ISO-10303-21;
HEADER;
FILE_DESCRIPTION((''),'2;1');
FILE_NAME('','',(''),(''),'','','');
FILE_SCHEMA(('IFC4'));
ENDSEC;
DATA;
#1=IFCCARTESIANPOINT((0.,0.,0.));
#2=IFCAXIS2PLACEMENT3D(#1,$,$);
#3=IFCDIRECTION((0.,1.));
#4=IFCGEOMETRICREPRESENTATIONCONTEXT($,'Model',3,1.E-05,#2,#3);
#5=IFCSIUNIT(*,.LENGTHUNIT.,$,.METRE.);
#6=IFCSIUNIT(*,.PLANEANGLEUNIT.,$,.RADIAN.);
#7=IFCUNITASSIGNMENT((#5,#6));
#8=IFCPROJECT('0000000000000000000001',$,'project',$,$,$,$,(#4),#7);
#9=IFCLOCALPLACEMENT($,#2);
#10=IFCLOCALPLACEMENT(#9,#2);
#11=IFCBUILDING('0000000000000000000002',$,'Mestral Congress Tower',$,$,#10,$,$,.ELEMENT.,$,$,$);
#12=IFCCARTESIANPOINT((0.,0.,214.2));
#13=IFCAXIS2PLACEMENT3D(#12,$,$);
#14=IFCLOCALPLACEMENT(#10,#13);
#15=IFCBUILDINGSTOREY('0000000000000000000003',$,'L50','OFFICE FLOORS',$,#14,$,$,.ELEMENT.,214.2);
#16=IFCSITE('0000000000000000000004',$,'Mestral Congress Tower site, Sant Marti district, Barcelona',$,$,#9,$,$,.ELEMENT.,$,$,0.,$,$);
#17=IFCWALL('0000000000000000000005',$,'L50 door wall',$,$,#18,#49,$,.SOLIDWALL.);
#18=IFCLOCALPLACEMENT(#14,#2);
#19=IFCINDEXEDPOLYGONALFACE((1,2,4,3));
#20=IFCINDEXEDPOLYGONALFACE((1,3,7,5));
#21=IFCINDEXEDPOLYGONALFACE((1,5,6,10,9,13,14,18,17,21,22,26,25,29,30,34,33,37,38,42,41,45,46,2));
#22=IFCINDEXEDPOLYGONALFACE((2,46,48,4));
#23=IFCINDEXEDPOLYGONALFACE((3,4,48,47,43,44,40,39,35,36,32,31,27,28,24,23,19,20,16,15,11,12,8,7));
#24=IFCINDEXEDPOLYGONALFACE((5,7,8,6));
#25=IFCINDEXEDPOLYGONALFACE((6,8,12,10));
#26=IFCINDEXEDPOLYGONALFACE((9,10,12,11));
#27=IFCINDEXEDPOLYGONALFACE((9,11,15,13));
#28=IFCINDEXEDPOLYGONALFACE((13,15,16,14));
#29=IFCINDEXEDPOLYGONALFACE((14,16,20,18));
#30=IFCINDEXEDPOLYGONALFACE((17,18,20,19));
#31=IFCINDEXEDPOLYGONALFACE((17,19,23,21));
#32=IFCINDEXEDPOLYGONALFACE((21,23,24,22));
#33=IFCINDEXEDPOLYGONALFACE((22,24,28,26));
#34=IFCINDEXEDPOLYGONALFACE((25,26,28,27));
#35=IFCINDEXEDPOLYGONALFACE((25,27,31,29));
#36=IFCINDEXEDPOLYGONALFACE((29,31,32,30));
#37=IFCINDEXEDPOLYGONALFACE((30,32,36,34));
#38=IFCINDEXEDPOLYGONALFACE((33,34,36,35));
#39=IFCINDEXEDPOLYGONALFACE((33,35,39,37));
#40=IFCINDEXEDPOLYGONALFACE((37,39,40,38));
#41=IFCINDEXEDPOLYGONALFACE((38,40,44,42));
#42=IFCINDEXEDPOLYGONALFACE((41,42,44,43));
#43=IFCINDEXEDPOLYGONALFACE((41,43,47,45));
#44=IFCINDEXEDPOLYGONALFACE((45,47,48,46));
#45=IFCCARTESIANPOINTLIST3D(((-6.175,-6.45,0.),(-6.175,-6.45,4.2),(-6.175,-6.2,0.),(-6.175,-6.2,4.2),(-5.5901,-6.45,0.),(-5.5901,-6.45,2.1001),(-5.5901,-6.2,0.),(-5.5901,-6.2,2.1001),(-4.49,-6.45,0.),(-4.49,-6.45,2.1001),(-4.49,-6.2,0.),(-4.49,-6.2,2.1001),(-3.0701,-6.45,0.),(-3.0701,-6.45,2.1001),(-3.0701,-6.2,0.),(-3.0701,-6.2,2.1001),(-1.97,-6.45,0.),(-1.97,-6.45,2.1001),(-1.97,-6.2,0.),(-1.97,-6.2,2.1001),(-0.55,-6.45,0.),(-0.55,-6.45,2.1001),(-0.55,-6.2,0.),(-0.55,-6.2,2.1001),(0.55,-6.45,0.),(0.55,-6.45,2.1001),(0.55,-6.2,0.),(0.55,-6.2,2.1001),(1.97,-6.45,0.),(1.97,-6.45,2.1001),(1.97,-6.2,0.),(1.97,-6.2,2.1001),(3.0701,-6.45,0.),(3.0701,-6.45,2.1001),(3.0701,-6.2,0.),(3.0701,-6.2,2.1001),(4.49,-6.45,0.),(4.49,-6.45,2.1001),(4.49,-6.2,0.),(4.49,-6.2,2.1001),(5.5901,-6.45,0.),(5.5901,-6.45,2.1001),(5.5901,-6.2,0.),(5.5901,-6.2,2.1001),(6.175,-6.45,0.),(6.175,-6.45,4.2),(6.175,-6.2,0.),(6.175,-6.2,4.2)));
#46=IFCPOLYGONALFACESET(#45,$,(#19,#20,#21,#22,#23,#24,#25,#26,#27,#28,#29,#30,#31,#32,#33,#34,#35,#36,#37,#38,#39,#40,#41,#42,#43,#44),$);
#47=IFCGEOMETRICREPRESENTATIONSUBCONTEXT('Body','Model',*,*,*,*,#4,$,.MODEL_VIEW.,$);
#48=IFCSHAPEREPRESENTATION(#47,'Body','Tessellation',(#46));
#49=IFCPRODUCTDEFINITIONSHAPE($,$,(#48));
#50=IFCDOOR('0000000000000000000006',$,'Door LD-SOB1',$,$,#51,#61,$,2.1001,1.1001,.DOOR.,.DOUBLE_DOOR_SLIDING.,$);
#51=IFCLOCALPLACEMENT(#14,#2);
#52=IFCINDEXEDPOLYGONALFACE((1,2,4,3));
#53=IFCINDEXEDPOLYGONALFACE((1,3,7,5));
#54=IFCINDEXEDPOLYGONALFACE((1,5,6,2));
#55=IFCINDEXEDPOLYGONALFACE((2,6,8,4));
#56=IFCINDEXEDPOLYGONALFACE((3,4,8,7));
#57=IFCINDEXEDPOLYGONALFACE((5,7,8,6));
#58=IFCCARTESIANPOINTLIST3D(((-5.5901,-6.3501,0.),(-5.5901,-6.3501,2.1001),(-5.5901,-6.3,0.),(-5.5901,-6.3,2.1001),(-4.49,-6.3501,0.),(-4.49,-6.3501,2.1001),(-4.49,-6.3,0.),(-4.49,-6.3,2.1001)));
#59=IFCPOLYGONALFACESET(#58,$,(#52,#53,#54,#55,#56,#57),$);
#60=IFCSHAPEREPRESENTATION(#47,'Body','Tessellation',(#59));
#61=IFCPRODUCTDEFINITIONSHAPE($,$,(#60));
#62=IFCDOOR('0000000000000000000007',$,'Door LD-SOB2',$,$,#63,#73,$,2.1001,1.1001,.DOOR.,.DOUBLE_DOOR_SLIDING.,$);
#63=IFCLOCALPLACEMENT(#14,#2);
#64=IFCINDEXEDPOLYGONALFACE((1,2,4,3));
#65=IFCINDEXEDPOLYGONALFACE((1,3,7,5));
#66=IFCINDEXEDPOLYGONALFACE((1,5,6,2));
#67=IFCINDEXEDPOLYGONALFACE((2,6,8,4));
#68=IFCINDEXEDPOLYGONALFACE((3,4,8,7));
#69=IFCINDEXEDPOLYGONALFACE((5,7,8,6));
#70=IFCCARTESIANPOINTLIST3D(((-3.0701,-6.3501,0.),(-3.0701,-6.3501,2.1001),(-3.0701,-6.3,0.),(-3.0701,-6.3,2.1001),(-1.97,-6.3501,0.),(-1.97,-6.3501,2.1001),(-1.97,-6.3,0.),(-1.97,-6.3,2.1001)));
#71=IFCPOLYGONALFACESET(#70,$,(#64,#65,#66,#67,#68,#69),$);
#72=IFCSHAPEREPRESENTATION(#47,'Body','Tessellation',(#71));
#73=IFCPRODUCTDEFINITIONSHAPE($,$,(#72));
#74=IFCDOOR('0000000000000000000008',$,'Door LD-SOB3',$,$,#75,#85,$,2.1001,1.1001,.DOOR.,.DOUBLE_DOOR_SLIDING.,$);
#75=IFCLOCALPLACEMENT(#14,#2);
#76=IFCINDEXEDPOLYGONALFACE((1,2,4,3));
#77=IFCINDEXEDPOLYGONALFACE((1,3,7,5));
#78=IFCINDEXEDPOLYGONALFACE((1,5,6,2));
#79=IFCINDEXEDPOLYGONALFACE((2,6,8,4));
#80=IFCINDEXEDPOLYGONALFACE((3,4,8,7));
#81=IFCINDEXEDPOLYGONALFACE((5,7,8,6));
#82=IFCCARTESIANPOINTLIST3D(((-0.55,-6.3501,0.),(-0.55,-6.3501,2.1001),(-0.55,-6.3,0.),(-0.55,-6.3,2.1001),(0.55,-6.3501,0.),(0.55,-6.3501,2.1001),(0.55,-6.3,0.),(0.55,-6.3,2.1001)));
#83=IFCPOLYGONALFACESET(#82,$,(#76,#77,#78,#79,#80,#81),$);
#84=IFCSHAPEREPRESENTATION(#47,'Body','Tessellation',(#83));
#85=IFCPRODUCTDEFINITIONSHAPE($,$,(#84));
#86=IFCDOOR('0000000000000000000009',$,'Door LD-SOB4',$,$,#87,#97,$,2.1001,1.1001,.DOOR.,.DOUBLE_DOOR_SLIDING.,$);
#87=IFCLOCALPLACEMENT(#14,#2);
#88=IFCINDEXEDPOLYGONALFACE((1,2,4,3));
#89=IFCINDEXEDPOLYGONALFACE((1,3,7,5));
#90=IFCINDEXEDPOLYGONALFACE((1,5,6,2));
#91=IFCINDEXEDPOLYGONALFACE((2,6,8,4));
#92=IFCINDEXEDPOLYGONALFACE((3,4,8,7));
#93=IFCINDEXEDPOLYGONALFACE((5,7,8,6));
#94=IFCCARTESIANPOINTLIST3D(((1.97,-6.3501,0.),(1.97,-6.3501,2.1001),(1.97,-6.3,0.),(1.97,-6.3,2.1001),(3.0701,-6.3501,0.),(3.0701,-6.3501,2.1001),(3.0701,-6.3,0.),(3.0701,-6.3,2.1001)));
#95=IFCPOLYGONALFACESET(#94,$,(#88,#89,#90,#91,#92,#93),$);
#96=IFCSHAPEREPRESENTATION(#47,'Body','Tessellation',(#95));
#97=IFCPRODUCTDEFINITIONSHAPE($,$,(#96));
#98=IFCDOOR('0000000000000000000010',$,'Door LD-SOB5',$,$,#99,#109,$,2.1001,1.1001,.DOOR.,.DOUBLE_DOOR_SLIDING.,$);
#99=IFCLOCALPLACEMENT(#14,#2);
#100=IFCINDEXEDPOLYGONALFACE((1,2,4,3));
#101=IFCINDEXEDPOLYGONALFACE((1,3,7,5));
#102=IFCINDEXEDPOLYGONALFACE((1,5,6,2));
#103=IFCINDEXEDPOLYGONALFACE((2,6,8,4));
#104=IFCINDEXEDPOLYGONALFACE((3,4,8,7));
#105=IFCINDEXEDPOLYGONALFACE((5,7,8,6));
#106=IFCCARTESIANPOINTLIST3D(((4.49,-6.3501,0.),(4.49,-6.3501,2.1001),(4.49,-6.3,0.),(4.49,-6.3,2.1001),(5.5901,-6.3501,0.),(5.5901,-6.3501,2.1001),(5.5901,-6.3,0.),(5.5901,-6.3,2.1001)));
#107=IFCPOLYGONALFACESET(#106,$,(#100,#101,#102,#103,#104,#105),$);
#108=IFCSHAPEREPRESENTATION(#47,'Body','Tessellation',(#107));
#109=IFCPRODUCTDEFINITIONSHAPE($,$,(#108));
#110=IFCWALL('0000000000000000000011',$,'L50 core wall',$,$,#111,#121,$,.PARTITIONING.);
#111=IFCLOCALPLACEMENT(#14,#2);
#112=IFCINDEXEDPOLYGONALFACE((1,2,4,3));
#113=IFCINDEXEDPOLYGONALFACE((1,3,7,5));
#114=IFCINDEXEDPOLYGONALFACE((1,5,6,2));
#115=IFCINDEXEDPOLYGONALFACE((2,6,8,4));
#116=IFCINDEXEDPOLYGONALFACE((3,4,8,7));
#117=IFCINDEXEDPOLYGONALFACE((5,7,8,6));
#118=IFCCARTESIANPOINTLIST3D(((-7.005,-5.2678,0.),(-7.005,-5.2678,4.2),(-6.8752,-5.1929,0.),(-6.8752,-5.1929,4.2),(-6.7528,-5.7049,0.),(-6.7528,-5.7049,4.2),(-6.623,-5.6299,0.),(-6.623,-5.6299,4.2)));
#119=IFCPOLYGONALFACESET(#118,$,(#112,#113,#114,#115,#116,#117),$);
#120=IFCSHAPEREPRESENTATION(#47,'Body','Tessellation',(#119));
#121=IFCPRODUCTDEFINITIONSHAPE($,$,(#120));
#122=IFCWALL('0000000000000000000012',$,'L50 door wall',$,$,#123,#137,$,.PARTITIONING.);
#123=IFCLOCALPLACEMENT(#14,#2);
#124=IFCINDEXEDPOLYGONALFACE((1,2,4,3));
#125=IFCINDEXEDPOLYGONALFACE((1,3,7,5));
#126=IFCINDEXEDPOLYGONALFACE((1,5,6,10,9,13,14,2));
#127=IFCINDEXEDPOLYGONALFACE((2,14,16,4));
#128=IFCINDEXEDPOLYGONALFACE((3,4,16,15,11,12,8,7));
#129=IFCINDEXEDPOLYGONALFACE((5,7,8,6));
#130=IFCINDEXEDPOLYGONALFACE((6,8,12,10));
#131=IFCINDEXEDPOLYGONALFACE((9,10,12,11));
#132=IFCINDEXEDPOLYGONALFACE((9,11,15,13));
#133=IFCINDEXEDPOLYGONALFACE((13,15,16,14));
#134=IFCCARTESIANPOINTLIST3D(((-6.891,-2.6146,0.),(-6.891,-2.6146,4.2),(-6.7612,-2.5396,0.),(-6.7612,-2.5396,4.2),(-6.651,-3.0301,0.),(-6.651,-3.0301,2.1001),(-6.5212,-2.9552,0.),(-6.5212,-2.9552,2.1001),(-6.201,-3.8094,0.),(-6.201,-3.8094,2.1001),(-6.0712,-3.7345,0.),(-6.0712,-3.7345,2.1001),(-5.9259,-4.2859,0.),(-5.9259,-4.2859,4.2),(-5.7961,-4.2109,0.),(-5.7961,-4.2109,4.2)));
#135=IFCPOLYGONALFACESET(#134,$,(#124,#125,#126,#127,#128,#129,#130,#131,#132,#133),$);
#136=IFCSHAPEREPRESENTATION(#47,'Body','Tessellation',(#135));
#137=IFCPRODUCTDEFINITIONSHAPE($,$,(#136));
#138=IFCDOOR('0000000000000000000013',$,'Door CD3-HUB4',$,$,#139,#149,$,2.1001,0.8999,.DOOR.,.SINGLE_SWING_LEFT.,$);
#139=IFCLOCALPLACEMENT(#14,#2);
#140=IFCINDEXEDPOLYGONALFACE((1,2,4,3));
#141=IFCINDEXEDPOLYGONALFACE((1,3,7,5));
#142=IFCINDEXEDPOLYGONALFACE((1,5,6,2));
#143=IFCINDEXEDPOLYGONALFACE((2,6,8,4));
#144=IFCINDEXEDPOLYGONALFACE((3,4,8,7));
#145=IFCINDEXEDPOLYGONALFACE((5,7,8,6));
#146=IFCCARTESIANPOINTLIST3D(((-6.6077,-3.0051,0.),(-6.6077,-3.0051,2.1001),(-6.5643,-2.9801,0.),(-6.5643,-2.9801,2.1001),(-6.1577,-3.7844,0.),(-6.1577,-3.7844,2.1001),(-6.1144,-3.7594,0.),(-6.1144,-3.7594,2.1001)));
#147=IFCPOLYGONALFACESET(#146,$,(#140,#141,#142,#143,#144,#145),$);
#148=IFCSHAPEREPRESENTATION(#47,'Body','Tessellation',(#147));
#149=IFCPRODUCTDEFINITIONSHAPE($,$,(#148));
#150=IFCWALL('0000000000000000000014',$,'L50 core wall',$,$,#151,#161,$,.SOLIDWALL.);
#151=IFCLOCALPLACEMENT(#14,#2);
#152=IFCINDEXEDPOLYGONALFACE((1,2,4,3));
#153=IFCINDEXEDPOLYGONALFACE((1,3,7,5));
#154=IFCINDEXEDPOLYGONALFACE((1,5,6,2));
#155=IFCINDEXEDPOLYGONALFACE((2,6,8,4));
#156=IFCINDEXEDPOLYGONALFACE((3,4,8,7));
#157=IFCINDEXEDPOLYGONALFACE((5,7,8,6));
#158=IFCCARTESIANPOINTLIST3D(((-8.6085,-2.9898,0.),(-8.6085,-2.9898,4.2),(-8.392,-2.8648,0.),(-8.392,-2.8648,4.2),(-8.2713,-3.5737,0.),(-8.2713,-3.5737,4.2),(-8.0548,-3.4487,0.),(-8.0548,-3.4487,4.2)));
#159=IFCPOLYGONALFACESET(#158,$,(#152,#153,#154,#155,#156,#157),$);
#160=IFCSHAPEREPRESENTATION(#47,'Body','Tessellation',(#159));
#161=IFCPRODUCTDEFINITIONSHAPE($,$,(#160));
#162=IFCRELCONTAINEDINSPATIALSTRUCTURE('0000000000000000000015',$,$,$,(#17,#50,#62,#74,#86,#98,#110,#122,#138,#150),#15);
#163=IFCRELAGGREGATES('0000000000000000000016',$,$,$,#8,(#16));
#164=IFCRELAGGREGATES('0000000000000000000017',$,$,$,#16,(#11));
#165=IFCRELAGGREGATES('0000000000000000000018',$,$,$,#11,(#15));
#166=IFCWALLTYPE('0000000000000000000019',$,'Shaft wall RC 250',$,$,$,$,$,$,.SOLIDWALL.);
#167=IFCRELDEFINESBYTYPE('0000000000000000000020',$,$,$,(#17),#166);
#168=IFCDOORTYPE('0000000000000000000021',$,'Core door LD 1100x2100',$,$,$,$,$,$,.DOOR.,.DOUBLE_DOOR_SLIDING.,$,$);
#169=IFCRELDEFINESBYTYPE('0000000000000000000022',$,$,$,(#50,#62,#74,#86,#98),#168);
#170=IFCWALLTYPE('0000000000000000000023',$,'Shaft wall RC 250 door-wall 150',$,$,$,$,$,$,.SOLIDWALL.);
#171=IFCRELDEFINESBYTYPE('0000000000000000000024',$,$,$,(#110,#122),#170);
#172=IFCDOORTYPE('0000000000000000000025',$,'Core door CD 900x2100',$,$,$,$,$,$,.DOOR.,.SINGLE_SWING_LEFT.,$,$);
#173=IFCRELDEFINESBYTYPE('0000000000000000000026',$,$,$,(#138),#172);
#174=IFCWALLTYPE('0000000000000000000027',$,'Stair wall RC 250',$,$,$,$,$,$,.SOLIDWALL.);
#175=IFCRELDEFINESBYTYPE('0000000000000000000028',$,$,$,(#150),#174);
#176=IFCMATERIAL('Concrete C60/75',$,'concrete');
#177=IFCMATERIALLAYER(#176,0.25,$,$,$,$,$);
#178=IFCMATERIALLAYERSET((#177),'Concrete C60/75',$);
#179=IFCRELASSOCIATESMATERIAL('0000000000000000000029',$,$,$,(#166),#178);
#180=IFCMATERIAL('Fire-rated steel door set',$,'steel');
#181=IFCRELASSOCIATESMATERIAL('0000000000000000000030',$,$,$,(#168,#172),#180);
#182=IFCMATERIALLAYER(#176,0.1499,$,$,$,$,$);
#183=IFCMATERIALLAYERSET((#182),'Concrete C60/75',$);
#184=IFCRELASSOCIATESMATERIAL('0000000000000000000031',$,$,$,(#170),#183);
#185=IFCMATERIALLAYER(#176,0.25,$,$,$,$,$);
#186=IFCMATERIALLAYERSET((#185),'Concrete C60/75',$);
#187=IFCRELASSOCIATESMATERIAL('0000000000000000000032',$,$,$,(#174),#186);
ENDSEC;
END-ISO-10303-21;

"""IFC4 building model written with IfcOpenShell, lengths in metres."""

from ifc_helpers import new_model, si_unit, direction, frame, frame_2d, origin, place, context, subcontext, project, spatial, rectangle, extrude, material, layer, layer_set, type_object, element, fill, save


model = new_model("IFC4")

# Units and contexts
model_context = context("Model", 3, precision=1e-05, world=origin(), true_north=direction((0.0, 1.0)))
body_context = subcontext(model_context, "Body", "Model", "MODEL_VIEW")
ifc_project = project(units=[si_unit("LENGTHUNIT", "METRE"), si_unit("PLANEANGLEUNIT", "RADIAN")], contexts=[model_context])

# Site, building, storey
site_placement = place(None, origin())
site = spatial("IfcSite", under=ifc_project, at=site_placement, Name="Mestral Congress Tower site, Sant Marti district, Barcelona", CompositionType="ELEMENT", RefElevation=0.0)
building_placement = place(site_placement, origin())
building = spatial("IfcBuilding", under=site, at=building_placement, Name="Mestral Congress Tower", CompositionType="ELEMENT")
storey_placement = place(building_placement, frame((0.0, 0.0, 214.2)))
storey = spatial("IfcBuildingStorey", under=building, at=storey_placement, Name="L50", Description="OFFICE FLOORS", CompositionType="ELEMENT", Elevation=214.2)

# Shared definitions
ifc_material_1 = material(Name="Fire-rated steel door set", Category="steel")

# Shared definitions
ifc_material_2 = material(Name="Concrete C60/75", Category="concrete")
ifc_layer_1 = layer(ifc_material_2, 0.25)
ifc_layer_set_1 = layer_set([ifc_layer_1], Name="Concrete C60/75")
wall_type_1 = type_object("IfcWallType", Name="Shaft wall RC 250", PredefinedType="SOLIDWALL", material=ifc_layer_set_1)

# Wall, openings, doors
wall_1_placement = place(storey_placement, frame((-6.175, -6.325, 0.0), z_axis=(0.0, 0.0, 1.0), x_axis=(1.0, 0.0, 0.0)))
wall_1 = element("IfcWall", 1, at=wall_1_placement, inside=storey, type_object=wall_type_1, Name="L50 door wall", PredefinedType="SOLIDWALL", context=body_context, shape_type="SweptSolid", body=[
    extrude(rectangle(XDim=12.3501, YDim=0.25, at=frame_2d((6.175, 0.0))), origin(), (0.0, 0.0, 1.0), 4.2),
])
opening_1_placement = place(wall_1_placement, frame((0.585, 0.0, 0.0)))
opening_1 = element("IfcOpeningElement", 2, at=opening_1_placement, cuts=wall_1, PredefinedType="OPENING", context=body_context, shape_type="SweptSolid", body=[
    extrude(rectangle(XDim=1.1001, YDim=2.1001, at=frame_2d((0.55, 1.05))), frame((0.0, 0.135, 0.0), z_axis=(0.0, -1.0, 0.0), x_axis=(1.0, 0.0, 0.0)), (0.0, 0.0, 1.0), 0.27),
])
opening_2_placement = place(wall_1_placement, frame((3.105, 0.0, 0.0)))
opening_2 = element("IfcOpeningElement", 3, at=opening_2_placement, cuts=wall_1, PredefinedType="OPENING", context=body_context, shape_type="SweptSolid", body=[
    extrude(rectangle(XDim=1.1001, YDim=2.1001, at=frame_2d((0.55, 1.05))), frame((0.0, 0.135, 0.0), z_axis=(0.0, -1.0, 0.0), x_axis=(1.0, 0.0, 0.0)), (0.0, 0.0, 1.0), 0.27),
])
opening_3_placement = place(wall_1_placement, frame((5.625, 0.0, 0.0)))
opening_3 = element("IfcOpeningElement", 4, at=opening_3_placement, cuts=wall_1, PredefinedType="OPENING", context=body_context, shape_type="SweptSolid", body=[
    extrude(rectangle(XDim=1.1001, YDim=2.1001, at=frame_2d((0.55, 1.05))), frame((0.0, 0.135, 0.0), z_axis=(0.0, -1.0, 0.0), x_axis=(1.0, 0.0, 0.0)), (0.0, 0.0, 1.0), 0.27),
])
opening_4_placement = place(wall_1_placement, frame((8.145, 0.0, 0.0)))
opening_4 = element("IfcOpeningElement", 5, at=opening_4_placement, cuts=wall_1, PredefinedType="OPENING", context=body_context, shape_type="SweptSolid", body=[
    extrude(rectangle(XDim=1.1001, YDim=2.1001, at=frame_2d((0.55, 1.05))), frame((0.0, 0.135, 0.0), z_axis=(0.0, -1.0, 0.0), x_axis=(1.0, 0.0, 0.0)), (0.0, 0.0, 1.0), 0.27),
])
opening_5_placement = place(wall_1_placement, frame((10.665, 0.0, 0.0)))
opening_5 = element("IfcOpeningElement", 6, at=opening_5_placement, cuts=wall_1, PredefinedType="OPENING", context=body_context, shape_type="SweptSolid", body=[
    extrude(rectangle(XDim=1.1001, YDim=2.1001, at=frame_2d((0.55, 1.05))), frame((0.0, 0.135, 0.0), z_axis=(0.0, -1.0, 0.0), x_axis=(1.0, 0.0, 0.0)), (0.0, 0.0, 1.0), 0.27),
])
door_type_1 = type_object("IfcDoorType", Name="Core door LD 1100x2100", OperationType="DOUBLE_DOOR_SLIDING", PredefinedType="DOOR", material=ifc_material_1)
door_1_placement = place(opening_1_placement, origin())
door_1 = element("IfcDoor", 7, at=door_1_placement, inside=storey, type_object=door_type_1, Name="Door LD-SOB1", OperationType="DOUBLE_DOOR_SLIDING", OverallHeight=2.1001, OverallWidth=1.1001, PredefinedType="DOOR", context=body_context, shape_type="SweptSolid", body=[
    extrude(rectangle(XDim=1.1001, YDim=2.1001, at=frame_2d((0.55, 1.05))), frame((0.0, 0.0249, 0.0), z_axis=(0.0, -1.0, 0.0), x_axis=(1.0, 0.0, 0.0)), (0.0, 0.0, 1.0), 0.05),
])
fill(opening_1, door_1)
door_2_placement = place(opening_2_placement, origin())
door_2 = element("IfcDoor", 8, at=door_2_placement, inside=storey, type_object=door_type_1, Name="Door LD-SOB2", OperationType="DOUBLE_DOOR_SLIDING", OverallHeight=2.1001, OverallWidth=1.1001, PredefinedType="DOOR", context=body_context, shape_type="SweptSolid", body=[
    extrude(rectangle(XDim=1.1001, YDim=2.1001, at=frame_2d((0.55, 1.05))), frame((0.0, 0.0249, 0.0), z_axis=(0.0, -1.0, 0.0), x_axis=(1.0, 0.0, 0.0)), (0.0, 0.0, 1.0), 0.05),
])
fill(opening_2, door_2)
door_3_placement = place(opening_3_placement, origin())
door_3 = element("IfcDoor", 9, at=door_3_placement, inside=storey, type_object=door_type_1, Name="Door LD-SOB3", OperationType="DOUBLE_DOOR_SLIDING", OverallHeight=2.1001, OverallWidth=1.1001, PredefinedType="DOOR", context=body_context, shape_type="SweptSolid", body=[
    extrude(rectangle(XDim=1.1001, YDim=2.1001, at=frame_2d((0.55, 1.05))), frame((0.0, 0.0249, 0.0), z_axis=(0.0, -1.0, 0.0), x_axis=(1.0, 0.0, 0.0)), (0.0, 0.0, 1.0), 0.05),
])
fill(opening_3, door_3)
door_4_placement = place(opening_4_placement, origin())
door_4 = element("IfcDoor", 10, at=door_4_placement, inside=storey, type_object=door_type_1, Name="Door LD-SOB4", OperationType="DOUBLE_DOOR_SLIDING", OverallHeight=2.1001, OverallWidth=1.1001, PredefinedType="DOOR", context=body_context, shape_type="SweptSolid", body=[
    extrude(rectangle(XDim=1.1001, YDim=2.1001, at=frame_2d((0.55, 1.05))), frame((0.0, 0.0249, 0.0), z_axis=(0.0, -1.0, 0.0), x_axis=(1.0, 0.0, 0.0)), (0.0, 0.0, 1.0), 0.05),
])
fill(opening_4, door_4)
door_5_placement = place(opening_5_placement, origin())
door_5 = element("IfcDoor", 11, at=door_5_placement, inside=storey, type_object=door_type_1, Name="Door LD-SOB5", OperationType="DOUBLE_DOOR_SLIDING", OverallHeight=2.1001, OverallWidth=1.1001, PredefinedType="DOOR", context=body_context, shape_type="SweptSolid", body=[
    extrude(rectangle(XDim=1.1001, YDim=2.1001, at=frame_2d((0.55, 1.05))), frame((0.0, 0.0249, 0.0), z_axis=(0.0, -1.0, 0.0), x_axis=(1.0, 0.0, 0.0)), (0.0, 0.0, 1.0), 0.05),
])
fill(opening_5, door_5)

# Wall
ifc_layer_2 = layer(ifc_material_2, 0.1499)
ifc_layer_set_2 = layer_set([ifc_layer_2], Name="Concrete C60/75")
wall_type_2 = type_object("IfcWallType", Name="Shaft wall RC 250 door-wall 150", PredefinedType="SOLIDWALL", material=ifc_layer_set_2)
wall_2_placement = place(storey_placement, frame((-6.9402, -5.2302, 0.0), z_axis=(0.0, 0.0, 1.0), x_axis=(0.499834, -0.866121, 0.0)))
element("IfcWall", 12, at=wall_2_placement, inside=storey, type_object=wall_type_2, Name="L50 core wall", PredefinedType="PARTITIONING", context=body_context, shape_type="SweptSolid", body=[
    extrude(rectangle(XDim=0.5046, YDim=0.1499, at=frame_2d((0.2524, 0.0))), origin(), (0.0, 0.0, 1.0), 4.2),
])

# Wall, opening, door
wall_3_placement = place(storey_placement, frame((-5.8611, -4.2483, 0.0), z_axis=(0.0, 0.0, 1.0), x_axis=(-0.500044, 0.866, 0.0)))
wall_3 = element("IfcWall", 13, at=wall_3_placement, inside=storey, type_object=wall_type_2, Name="L50 door wall", PredefinedType="PARTITIONING", context=body_context, shape_type="SweptSolid", body=[
    extrude(rectangle(XDim=1.9299, YDim=0.1499, at=frame_2d((0.9648, 0.0))), origin(), (0.0, 0.0, 1.0), 4.2),
])
opening_6_placement = place(wall_3_placement, frame((0.55, 0.0, 0.0)))
opening_6 = element("IfcOpeningElement", 14, at=opening_6_placement, cuts=wall_3, PredefinedType="OPENING", context=body_context, shape_type="SweptSolid", body=[
    extrude(rectangle(XDim=0.8999, YDim=2.1001, at=frame_2d((0.45, 1.05))), frame((0.0, 0.085, 0.0), z_axis=(0.0, -1.0, 0.0), x_axis=(1.0, 0.0, 0.0)), (0.0, 0.0, 1.0), 0.1699),
])
door_type_2 = type_object("IfcDoorType", Name="Core door CD 900x2100", OperationType="SINGLE_SWING_LEFT", PredefinedType="DOOR", material=ifc_material_1)
door_6_placement = place(opening_6_placement, origin())
door_6 = element("IfcDoor", 15, at=door_6_placement, inside=storey, type_object=door_type_2, Name="Door CD3-HUB4", OperationType="SINGLE_SWING_LEFT", OverallHeight=2.1001, OverallWidth=0.8999, PredefinedType="DOOR", context=body_context, shape_type="SweptSolid", body=[
    extrude(rectangle(XDim=0.8999, YDim=2.1001, at=frame_2d((0.45, 1.05))), frame((0.0, 0.0249, 0.0), z_axis=(0.0, -1.0, 0.0), x_axis=(1.0, 0.0, 0.0)), (0.0, 0.0, 1.0), 0.05),
])
fill(opening_6, door_6)

# Wall
ifc_layer_3 = layer(ifc_material_2, 0.25)
ifc_layer_set_3 = layer_set([ifc_layer_3], Name="Concrete C60/75")
wall_type_3 = type_object("IfcWallType", Name="Stair wall RC 250", PredefinedType="SOLIDWALL", material=ifc_layer_set_3)
wall_4_placement = place(storey_placement, frame((-8.1631, -3.5112, 0.0), z_axis=(0.0, 0.0, 1.0), x_axis=(-0.499994, 0.866029, 0.0)))
element("IfcWall", 16, at=wall_4_placement, inside=storey, type_object=wall_type_3, Name="L50 core wall", PredefinedType="SOLIDWALL", context=body_context, shape_type="SweptSolid", body=[
    extrude(rectangle(XDim=0.6743, YDim=0.25, at=frame_2d((0.3372, 0.0))), origin(), (0.0, 0.0, 1.0), 4.2),
])

save(model, "model.ifc")
